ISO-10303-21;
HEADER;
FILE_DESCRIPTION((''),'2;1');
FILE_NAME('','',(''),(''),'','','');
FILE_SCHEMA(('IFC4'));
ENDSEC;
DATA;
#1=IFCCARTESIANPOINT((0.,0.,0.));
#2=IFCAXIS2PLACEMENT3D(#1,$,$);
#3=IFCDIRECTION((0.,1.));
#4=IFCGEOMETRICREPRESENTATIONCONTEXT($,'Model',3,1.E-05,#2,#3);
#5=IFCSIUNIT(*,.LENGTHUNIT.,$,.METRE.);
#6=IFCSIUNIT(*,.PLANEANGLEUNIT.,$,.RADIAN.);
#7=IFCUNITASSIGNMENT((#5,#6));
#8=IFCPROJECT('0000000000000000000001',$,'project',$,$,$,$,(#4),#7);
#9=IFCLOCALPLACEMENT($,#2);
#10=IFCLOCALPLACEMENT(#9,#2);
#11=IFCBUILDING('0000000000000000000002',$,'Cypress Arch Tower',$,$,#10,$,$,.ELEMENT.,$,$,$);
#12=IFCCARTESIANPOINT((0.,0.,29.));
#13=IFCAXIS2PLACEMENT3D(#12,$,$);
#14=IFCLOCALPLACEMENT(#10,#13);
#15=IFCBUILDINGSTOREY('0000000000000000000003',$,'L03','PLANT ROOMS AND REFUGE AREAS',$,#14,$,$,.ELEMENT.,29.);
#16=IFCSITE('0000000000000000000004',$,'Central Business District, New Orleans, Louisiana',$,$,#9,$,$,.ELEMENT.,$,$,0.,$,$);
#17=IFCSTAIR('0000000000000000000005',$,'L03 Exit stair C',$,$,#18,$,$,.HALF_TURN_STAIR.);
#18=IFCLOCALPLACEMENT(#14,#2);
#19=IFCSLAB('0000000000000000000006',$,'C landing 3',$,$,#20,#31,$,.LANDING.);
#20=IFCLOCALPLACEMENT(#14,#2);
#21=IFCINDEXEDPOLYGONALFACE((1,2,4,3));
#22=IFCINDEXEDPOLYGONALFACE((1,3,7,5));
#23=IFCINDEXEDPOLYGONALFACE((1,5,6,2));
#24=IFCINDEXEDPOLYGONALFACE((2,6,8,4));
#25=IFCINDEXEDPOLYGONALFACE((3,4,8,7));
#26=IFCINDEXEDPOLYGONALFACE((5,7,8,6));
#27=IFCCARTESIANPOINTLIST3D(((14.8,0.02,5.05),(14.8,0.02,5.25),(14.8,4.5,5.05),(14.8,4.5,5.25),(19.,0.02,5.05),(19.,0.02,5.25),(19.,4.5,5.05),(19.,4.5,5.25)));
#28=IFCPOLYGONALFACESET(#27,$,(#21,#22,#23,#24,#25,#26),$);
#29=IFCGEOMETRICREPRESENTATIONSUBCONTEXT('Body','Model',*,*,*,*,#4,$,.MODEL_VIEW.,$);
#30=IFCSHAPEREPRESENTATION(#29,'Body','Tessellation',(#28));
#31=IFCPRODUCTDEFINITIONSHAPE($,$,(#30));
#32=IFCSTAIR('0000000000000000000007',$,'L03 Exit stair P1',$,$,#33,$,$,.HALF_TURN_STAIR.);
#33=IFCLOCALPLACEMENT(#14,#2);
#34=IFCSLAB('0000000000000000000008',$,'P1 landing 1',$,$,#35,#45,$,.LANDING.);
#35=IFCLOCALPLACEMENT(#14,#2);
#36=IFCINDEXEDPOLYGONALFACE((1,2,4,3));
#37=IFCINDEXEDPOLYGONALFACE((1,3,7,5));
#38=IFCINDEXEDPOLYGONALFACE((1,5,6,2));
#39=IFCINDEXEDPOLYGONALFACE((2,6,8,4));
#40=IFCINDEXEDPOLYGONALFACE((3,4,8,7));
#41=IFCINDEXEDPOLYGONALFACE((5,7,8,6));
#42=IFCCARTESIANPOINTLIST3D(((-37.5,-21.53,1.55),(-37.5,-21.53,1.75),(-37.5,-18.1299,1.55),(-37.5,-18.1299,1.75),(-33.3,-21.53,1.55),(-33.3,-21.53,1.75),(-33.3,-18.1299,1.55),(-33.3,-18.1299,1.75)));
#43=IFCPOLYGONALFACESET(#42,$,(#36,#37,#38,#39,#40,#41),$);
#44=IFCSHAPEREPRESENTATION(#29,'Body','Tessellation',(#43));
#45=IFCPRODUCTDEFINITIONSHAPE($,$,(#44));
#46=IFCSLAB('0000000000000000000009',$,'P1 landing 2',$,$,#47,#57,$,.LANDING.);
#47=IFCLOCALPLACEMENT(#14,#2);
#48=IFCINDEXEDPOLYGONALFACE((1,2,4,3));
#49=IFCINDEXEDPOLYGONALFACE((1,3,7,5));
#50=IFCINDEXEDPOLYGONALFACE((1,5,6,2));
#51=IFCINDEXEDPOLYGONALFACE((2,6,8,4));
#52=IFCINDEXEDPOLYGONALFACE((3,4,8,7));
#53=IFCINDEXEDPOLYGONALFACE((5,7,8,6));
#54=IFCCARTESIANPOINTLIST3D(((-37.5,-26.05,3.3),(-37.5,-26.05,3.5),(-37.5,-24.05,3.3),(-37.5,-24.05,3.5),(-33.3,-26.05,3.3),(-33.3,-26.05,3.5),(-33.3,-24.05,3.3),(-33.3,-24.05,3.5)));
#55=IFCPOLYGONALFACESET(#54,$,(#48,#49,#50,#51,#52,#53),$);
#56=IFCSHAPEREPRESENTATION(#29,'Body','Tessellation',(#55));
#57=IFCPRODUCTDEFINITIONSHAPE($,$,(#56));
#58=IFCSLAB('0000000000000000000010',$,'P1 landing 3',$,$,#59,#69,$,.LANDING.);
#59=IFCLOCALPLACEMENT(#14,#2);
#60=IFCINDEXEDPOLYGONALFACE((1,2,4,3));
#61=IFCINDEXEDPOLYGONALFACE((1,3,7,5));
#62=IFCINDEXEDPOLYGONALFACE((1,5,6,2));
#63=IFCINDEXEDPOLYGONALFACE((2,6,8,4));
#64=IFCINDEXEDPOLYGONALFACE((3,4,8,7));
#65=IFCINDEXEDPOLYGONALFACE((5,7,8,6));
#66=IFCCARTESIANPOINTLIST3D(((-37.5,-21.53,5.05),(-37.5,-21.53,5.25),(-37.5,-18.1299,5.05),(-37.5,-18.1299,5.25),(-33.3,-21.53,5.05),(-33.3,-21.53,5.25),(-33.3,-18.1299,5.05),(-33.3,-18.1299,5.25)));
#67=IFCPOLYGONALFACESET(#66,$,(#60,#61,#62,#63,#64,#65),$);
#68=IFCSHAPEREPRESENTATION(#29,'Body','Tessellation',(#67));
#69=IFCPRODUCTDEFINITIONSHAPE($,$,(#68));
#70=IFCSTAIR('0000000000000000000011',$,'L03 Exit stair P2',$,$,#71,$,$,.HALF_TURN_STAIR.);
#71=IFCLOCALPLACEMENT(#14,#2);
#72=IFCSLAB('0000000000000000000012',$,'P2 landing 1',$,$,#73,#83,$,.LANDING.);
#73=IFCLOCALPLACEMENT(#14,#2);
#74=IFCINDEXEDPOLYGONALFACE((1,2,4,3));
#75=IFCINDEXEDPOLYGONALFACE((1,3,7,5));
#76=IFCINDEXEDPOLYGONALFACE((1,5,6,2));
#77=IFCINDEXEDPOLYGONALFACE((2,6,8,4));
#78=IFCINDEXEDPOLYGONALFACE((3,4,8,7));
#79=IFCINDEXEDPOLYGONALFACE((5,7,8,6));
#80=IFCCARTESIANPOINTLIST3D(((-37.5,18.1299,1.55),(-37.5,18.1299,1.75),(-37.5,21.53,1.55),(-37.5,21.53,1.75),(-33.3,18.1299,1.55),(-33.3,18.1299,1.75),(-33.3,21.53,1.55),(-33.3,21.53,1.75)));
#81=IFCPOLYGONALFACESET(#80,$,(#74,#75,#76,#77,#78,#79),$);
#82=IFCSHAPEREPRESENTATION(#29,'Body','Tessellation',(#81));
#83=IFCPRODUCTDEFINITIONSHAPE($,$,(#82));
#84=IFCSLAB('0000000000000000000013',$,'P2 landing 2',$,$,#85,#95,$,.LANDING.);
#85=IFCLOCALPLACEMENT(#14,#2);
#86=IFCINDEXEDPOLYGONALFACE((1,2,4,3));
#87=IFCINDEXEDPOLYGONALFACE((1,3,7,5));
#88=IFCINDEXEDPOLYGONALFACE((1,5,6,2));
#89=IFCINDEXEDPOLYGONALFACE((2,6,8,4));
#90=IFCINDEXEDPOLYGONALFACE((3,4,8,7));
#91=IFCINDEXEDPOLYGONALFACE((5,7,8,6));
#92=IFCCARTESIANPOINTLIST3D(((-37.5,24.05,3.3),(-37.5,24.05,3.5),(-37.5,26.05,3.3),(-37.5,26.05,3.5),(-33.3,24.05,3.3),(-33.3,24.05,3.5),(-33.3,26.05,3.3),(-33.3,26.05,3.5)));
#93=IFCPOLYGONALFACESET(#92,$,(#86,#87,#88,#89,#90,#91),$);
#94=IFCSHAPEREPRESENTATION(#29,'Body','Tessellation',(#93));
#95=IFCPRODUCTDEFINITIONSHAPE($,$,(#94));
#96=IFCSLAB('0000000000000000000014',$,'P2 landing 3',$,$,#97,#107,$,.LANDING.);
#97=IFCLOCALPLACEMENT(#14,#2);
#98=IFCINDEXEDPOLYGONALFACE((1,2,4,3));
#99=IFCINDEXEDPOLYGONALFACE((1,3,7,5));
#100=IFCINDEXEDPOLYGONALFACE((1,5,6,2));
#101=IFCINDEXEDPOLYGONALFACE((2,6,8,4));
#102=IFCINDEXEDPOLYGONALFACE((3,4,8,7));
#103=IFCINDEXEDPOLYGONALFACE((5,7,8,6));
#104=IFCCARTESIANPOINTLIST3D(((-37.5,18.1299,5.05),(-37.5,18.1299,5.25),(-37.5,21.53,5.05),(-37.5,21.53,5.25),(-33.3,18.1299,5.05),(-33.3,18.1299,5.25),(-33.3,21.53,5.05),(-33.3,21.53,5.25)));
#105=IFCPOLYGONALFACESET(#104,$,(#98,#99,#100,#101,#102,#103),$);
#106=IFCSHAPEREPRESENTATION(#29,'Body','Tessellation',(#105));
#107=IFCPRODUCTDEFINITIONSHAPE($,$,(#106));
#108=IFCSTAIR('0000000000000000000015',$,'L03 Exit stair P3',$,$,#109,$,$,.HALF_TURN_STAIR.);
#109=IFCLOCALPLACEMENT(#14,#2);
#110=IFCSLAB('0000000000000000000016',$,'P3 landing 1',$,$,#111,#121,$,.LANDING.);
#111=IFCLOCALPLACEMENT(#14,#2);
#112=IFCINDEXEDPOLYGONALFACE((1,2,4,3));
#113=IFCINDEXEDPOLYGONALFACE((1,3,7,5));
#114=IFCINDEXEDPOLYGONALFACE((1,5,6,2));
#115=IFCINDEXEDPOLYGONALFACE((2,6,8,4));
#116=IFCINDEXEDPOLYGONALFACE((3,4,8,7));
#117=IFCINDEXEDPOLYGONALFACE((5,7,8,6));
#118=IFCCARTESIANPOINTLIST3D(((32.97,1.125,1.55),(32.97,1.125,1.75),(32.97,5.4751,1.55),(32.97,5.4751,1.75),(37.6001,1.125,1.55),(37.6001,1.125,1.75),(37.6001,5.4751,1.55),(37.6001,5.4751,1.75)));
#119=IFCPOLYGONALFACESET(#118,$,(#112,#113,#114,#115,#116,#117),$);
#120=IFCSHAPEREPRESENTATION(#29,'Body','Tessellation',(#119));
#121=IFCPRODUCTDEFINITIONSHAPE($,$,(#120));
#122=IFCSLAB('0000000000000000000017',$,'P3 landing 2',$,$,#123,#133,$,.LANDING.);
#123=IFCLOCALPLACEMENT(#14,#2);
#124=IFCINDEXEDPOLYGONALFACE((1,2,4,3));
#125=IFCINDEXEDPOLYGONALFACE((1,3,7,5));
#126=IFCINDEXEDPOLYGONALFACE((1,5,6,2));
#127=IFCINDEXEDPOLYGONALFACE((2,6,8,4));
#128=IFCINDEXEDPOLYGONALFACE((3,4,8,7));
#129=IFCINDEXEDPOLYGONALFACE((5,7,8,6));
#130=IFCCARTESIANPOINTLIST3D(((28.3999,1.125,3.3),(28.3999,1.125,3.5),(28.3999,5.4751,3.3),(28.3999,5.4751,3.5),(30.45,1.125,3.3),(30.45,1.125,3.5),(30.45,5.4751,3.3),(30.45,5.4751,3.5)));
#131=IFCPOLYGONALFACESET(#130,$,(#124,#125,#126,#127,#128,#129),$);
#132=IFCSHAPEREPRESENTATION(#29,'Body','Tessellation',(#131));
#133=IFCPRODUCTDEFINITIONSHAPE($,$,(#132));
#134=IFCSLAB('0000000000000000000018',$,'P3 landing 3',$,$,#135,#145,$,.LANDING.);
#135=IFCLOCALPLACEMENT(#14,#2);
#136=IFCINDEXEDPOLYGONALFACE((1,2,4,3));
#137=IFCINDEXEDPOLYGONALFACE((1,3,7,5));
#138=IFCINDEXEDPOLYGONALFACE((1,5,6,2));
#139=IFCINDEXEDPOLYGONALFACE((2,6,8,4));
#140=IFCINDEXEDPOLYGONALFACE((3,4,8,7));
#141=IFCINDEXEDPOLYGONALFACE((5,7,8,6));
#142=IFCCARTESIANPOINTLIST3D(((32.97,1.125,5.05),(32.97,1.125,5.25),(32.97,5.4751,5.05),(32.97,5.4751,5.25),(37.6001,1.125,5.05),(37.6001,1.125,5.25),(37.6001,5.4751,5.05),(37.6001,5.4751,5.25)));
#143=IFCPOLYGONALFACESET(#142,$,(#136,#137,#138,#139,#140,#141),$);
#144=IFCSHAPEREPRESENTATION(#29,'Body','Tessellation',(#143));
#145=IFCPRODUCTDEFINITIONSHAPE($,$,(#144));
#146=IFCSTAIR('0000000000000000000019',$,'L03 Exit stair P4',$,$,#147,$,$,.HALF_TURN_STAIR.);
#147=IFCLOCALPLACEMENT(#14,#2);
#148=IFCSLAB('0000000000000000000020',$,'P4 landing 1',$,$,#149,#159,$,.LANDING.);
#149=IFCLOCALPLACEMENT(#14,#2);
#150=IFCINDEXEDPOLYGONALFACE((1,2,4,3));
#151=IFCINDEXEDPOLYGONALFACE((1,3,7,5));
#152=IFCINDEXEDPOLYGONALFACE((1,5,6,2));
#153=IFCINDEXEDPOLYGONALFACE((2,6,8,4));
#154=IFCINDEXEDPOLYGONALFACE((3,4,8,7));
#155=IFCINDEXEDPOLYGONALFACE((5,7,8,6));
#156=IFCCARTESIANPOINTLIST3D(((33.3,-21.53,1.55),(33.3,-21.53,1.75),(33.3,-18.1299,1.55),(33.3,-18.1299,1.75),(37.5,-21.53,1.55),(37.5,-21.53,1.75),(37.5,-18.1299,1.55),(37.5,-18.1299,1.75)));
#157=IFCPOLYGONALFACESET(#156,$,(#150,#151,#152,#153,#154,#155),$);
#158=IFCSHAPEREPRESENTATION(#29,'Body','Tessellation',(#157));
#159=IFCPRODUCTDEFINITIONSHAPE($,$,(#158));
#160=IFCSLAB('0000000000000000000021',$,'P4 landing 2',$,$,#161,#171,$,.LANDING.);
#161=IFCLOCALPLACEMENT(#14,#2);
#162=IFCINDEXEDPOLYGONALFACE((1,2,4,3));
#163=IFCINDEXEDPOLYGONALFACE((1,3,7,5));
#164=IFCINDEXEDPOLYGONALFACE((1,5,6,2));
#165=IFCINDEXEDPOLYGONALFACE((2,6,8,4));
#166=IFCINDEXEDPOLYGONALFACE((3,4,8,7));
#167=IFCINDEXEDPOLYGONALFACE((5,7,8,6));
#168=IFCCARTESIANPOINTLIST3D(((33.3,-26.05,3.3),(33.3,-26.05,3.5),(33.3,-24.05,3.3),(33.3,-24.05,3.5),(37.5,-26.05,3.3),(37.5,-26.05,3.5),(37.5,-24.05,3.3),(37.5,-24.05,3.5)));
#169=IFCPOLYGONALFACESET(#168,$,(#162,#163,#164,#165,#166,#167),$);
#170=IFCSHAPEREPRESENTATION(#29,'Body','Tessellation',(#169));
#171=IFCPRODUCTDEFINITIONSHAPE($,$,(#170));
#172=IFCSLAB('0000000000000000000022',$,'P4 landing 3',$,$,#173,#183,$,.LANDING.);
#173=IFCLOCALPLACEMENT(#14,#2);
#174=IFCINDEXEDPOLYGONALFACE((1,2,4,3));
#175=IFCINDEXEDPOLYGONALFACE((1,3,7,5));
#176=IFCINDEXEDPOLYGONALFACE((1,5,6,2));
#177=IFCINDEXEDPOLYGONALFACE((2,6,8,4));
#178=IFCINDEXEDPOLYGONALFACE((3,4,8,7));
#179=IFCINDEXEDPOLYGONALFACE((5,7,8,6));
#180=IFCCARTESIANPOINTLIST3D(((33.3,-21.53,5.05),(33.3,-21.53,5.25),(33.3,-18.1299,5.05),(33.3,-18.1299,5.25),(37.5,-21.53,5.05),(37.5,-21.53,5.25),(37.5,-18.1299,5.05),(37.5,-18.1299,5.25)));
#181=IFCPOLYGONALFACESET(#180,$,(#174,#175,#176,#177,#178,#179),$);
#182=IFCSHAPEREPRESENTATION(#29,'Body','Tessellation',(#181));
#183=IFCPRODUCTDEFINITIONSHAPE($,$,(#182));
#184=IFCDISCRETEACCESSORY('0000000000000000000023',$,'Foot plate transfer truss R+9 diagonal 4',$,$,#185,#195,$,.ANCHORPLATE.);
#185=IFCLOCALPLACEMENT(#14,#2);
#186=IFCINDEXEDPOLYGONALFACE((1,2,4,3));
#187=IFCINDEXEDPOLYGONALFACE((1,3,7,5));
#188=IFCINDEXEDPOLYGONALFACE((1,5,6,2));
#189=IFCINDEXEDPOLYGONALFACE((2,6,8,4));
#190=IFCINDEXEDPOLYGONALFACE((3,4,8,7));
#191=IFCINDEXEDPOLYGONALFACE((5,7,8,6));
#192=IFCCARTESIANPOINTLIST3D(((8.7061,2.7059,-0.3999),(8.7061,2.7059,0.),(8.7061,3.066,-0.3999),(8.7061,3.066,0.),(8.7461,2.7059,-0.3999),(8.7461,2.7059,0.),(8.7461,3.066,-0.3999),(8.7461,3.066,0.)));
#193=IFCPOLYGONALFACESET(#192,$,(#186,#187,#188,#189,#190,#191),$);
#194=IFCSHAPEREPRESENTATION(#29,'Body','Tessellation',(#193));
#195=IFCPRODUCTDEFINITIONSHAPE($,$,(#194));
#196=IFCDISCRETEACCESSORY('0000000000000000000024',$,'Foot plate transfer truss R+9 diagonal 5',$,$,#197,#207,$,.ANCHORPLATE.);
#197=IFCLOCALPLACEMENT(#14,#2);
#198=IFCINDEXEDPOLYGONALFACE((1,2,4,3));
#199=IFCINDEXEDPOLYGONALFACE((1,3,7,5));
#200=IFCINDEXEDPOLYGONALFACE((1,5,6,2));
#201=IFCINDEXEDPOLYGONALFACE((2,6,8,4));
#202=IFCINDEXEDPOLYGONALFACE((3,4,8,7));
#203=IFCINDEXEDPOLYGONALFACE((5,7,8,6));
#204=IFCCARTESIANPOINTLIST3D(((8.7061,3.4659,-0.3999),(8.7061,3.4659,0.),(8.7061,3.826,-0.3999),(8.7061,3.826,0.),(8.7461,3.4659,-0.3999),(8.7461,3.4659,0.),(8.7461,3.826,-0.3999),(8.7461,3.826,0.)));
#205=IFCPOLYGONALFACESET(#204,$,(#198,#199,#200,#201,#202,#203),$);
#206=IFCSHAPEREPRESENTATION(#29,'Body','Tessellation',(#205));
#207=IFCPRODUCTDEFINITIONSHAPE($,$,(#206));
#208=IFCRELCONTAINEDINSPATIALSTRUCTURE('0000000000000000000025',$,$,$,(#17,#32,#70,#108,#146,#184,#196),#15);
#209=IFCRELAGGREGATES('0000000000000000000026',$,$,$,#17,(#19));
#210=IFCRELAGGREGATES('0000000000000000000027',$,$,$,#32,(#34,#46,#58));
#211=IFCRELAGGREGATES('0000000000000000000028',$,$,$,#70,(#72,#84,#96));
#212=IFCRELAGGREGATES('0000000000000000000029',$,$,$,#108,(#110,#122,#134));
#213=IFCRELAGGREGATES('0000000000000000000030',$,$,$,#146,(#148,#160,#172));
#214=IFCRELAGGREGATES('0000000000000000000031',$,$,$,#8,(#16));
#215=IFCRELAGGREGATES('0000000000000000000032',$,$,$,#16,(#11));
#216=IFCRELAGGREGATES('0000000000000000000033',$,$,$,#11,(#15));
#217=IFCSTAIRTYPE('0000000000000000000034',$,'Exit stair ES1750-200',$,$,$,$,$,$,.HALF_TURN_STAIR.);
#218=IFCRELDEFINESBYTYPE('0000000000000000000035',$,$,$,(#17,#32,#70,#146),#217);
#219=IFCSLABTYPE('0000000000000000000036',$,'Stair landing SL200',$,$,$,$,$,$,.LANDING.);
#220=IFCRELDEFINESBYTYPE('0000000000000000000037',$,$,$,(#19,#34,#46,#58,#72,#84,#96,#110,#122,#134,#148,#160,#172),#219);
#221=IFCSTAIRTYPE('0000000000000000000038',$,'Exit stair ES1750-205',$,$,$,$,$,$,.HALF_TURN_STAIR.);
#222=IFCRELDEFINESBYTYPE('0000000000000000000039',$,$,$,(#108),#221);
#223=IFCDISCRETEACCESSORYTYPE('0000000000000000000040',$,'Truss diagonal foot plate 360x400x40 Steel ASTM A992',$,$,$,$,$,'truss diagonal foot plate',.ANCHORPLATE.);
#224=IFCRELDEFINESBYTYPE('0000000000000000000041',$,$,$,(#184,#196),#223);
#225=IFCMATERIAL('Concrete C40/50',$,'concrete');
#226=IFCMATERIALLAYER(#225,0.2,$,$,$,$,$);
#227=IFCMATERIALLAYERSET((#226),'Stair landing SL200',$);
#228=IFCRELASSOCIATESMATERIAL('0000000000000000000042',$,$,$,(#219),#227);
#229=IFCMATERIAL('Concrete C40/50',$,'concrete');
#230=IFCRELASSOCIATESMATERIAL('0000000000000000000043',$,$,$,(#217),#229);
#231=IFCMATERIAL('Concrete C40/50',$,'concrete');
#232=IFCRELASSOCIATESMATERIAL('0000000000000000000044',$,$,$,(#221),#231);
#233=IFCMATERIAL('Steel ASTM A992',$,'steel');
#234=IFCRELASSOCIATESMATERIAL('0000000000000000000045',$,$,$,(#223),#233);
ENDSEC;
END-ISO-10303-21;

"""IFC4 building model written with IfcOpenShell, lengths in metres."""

from ifc_helpers import new_model, si_unit, direction, frame, origin, origin_2d, place, context, subcontext, project, spatial, polyline, rectangle, outline, extrude, material, layer, layer_set, material_profile, profile_set, type_object, element, aggregate, save


model = new_model("IFC4")

# Units and contexts
model_context = context("Model", 3, precision=1e-05, world=origin(), true_north=direction((0.0, 1.0)))
body_context = subcontext(model_context, "Body", "Model", "MODEL_VIEW")
ifc_project = project(units=[si_unit("LENGTHUNIT", "METRE"), si_unit("PLANEANGLEUNIT", "RADIAN")], contexts=[model_context])

# Site, building, storey
site_placement = place(None, origin())
site = spatial("IfcSite", under=ifc_project, at=site_placement, Name="Central Business District, New Orleans, Louisiana", CompositionType="ELEMENT", RefElevation=0.0)
building_placement = place(site_placement, origin())
building = spatial("IfcBuilding", under=site, at=building_placement, Name="Cypress Arch Tower", CompositionType="ELEMENT")
storey_placement = place(building_placement, frame((0.0, 0.0, 29.0)))
storey = spatial("IfcBuildingStorey", under=building, at=storey_placement, Name="L03", Description="PLANT ROOMS AND REFUGE AREAS", CompositionType="ELEMENT", Elevation=29.0)

# Stairs, slabs
ifc_material_1 = material(Name="Concrete C40/50", Category="concrete")
ifc_layer_1 = layer(ifc_material_1, 0.2)
ifc_layer_set_1 = layer_set([ifc_layer_1], Name="Stair landing SL200")
slab_type_1 = type_object("IfcSlabType", Name="Stair landing SL200", PredefinedType="LANDING", material=ifc_layer_set_1)
ifc_material_2 = material(Name="Concrete C40/50", Category="concrete")
stair_type_1 = type_object("IfcStairType", Name="Exit stair ES1750-200", PredefinedType="HALF_TURN_STAIR", material=ifc_material_2)
stair_1_placement = place(storey_placement, origin())
stair_1 = element("IfcStair", 1, at=stair_1_placement, inside=storey, type_object=stair_type_1, Name="L03 Exit stair C", PredefinedType="HALF_TURN_STAIR")
slab_1_placement = place(storey_placement, frame((0.0, 0.0, 5.05)))
slab_1 = element("IfcSlab", 2, at=slab_1_placement, type_object=slab_type_1, Name="C landing 3", PredefinedType="LANDING", context=body_context, shape_type="SweptSolid", body=[
    extrude(outline(polyline([(19.0, 0.02), (19.0, 4.5), (14.8, 4.5), (14.8, 0.02), (19.0, 0.02)])), origin(), (0.0, 0.0, 1.0), 0.2),
])
aggregate(stair_1, [slab_1])
stair_2_placement = place(storey_placement, origin())
stair_2 = element("IfcStair", 3, at=stair_2_placement, inside=storey, type_object=stair_type_1, Name="L03 Exit stair P1", PredefinedType="HALF_TURN_STAIR")
slab_2_placement = place(storey_placement, frame((0.0, 0.0, 1.55)))
slab_2 = element("IfcSlab", 4, at=slab_2_placement, type_object=slab_type_1, Name="P1 landing 1", PredefinedType="LANDING", context=body_context, shape_type="SweptSolid", body=[
    extrude(outline(polyline([(-33.3, -21.53), (-33.3, -18.1299), (-37.5, -18.1299), (-37.5, -21.53), (-33.3, -21.53)])), origin(), (0.0, 0.0, 1.0), 0.2),
])
slab_3_placement = place(storey_placement, frame((0.0, 0.0, 3.3)))
slab_3 = element("IfcSlab", 5, at=slab_3_placement, type_object=slab_type_1, Name="P1 landing 2", PredefinedType="LANDING", context=body_context, shape_type="SweptSolid", body=[
    extrude(outline(polyline([(-33.3, -26.05), (-33.3, -24.05), (-37.5, -24.05), (-37.5, -26.05), (-33.3, -26.05)])), origin(), (0.0, 0.0, 1.0), 0.2),
])
slab_4_placement = place(storey_placement, frame((0.0, 0.0, 5.05)))
slab_4 = element("IfcSlab", 6, at=slab_4_placement, type_object=slab_type_1, Name="P1 landing 3", PredefinedType="LANDING", context=body_context, shape_type="SweptSolid", body=[
    extrude(outline(polyline([(-33.3, -21.53), (-33.3, -18.1299), (-37.5, -18.1299), (-37.5, -21.53), (-33.3, -21.53)])), origin(), (0.0, 0.0, 1.0), 0.2),
])
aggregate(stair_2, [slab_2, slab_3, slab_4])
stair_3_placement = place(storey_placement, origin())
stair_3 = element("IfcStair", 7, at=stair_3_placement, inside=storey, type_object=stair_type_1, Name="L03 Exit stair P2", PredefinedType="HALF_TURN_STAIR")
slab_5_placement = place(storey_placement, frame((0.0, 0.0, 1.55)))
slab_5 = element("IfcSlab", 8, at=slab_5_placement, type_object=slab_type_1, Name="P2 landing 1", PredefinedType="LANDING", context=body_context, shape_type="SweptSolid", body=[
    extrude(outline(polyline([(-37.5, 21.53), (-37.5, 18.1299), (-33.3, 18.1299), (-33.3, 21.53), (-37.5, 21.53)])), origin(), (0.0, 0.0, 1.0), 0.2),
])
slab_6_placement = place(storey_placement, frame((0.0, 0.0, 3.3)))
slab_6 = element("IfcSlab", 9, at=slab_6_placement, type_object=slab_type_1, Name="P2 landing 2", PredefinedType="LANDING", context=body_context, shape_type="SweptSolid", body=[
    extrude(outline(polyline([(-37.5, 26.05), (-37.5, 24.05), (-33.3, 24.05), (-33.3, 26.05), (-37.5, 26.05)])), origin(), (0.0, 0.0, 1.0), 0.2),
])
slab_7_placement = place(storey_placement, frame((0.0, 0.0, 5.05)))
slab_7 = element("IfcSlab", 10, at=slab_7_placement, type_object=slab_type_1, Name="P2 landing 3", PredefinedType="LANDING", context=body_context, shape_type="SweptSolid", body=[
    extrude(outline(polyline([(-37.5, 21.53), (-37.5, 18.1299), (-33.3, 18.1299), (-33.3, 21.53), (-37.5, 21.53)])), origin(), (0.0, 0.0, 1.0), 0.2),
])
aggregate(stair_3, [slab_5, slab_6, slab_7])
ifc_material_3 = material(Name="Concrete C40/50", Category="concrete")
stair_type_2 = type_object("IfcStairType", Name="Exit stair ES1750-205", PredefinedType="HALF_TURN_STAIR", material=ifc_material_3)
stair_4_placement = place(storey_placement, origin())
stair_4 = element("IfcStair", 11, at=stair_4_placement, inside=storey, type_object=stair_type_2, Name="L03 Exit stair P3", PredefinedType="HALF_TURN_STAIR")
slab_8_placement = place(storey_placement, frame((0.0, 0.0, 1.55)))
slab_8 = element("IfcSlab", 12, at=slab_8_placement, type_object=slab_type_1, Name="P3 landing 1", PredefinedType="LANDING", context=body_context, shape_type="SweptSolid", body=[
    extrude(outline(polyline([(32.97, 1.125), (37.6001, 1.125), (37.6001, 5.4751), (32.97, 5.4751), (32.97, 1.125)])), origin(), (0.0, 0.0, 1.0), 0.2),
])
slab_9_placement = place(storey_placement, frame((0.0, 0.0, 3.3)))
slab_9 = element("IfcSlab", 13, at=slab_9_placement, type_object=slab_type_1, Name="P3 landing 2", PredefinedType="LANDING", context=body_context, shape_type="SweptSolid", body=[
    extrude(outline(polyline([(28.3999, 1.125), (30.45, 1.125), (30.45, 5.4751), (28.3999, 5.4751), (28.3999, 1.125)])), origin(), (0.0, 0.0, 1.0), 0.2),
])
slab_10_placement = place(storey_placement, frame((0.0, 0.0, 5.05)))
slab_10 = element("IfcSlab", 14, at=slab_10_placement, type_object=slab_type_1, Name="P3 landing 3", PredefinedType="LANDING", context=body_context, shape_type="SweptSolid", body=[
    extrude(outline(polyline([(32.97, 1.125), (37.6001, 1.125), (37.6001, 5.4751), (32.97, 5.4751), (32.97, 1.125)])), origin(), (0.0, 0.0, 1.0), 0.2),
])
aggregate(stair_4, [slab_8, slab_9, slab_10])
stair_5_placement = place(storey_placement, origin())
stair_5 = element("IfcStair", 15, at=stair_5_placement, inside=storey, type_object=stair_type_1, Name="L03 Exit stair P4", PredefinedType="HALF_TURN_STAIR")
slab_11_placement = place(storey_placement, frame((0.0, 0.0, 1.55)))
slab_11 = element("IfcSlab", 16, at=slab_11_placement, type_object=slab_type_1, Name="P4 landing 1", PredefinedType="LANDING", context=body_context, shape_type="SweptSolid", body=[
    extrude(outline(polyline([(37.5, -21.53), (37.5, -18.1299), (33.3, -18.1299), (33.3, -21.53), (37.5, -21.53)])), origin(), (0.0, 0.0, 1.0), 0.2),
])
slab_12_placement = place(storey_placement, frame((0.0, 0.0, 3.3)))
slab_12 = element("IfcSlab", 17, at=slab_12_placement, type_object=slab_type_1, Name="P4 landing 2", PredefinedType="LANDING", context=body_context, shape_type="SweptSolid", body=[
    extrude(outline(polyline([(37.5, -26.05), (37.5, -24.05), (33.3, -24.05), (33.3, -26.05), (37.5, -26.05)])), origin(), (0.0, 0.0, 1.0), 0.2),
])
slab_13_placement = place(storey_placement, frame((0.0, 0.0, 5.05)))
slab_13 = element("IfcSlab", 18, at=slab_13_placement, type_object=slab_type_1, Name="P4 landing 3", PredefinedType="LANDING", context=body_context, shape_type="SweptSolid", body=[
    extrude(outline(polyline([(37.5, -21.53), (37.5, -18.1299), (33.3, -18.1299), (33.3, -21.53), (37.5, -21.53)])), origin(), (0.0, 0.0, 1.0), 0.2),
])
aggregate(stair_5, [slab_11, slab_12, slab_13])

# Discrete accessories
ifc_material_4 = material(Name="Steel ASTM A992", Category="steel")
ifc_material_profile_1 = material_profile(ifc_material_4, rectangle(XDim=0.3601, YDim=0.3999, at=origin_2d()), Name="PL 40 360x400")
ifc_profile_set_1 = profile_set([ifc_material_profile_1], Name="Steel ASTM A992")
discrete_accessory_type_1 = type_object("IfcDiscreteAccessoryType", Name="Truss diagonal foot plate 360x400x40 Steel ASTM A992", ElementType="truss diagonal foot plate", PredefinedType="ANCHORPLATE", material=ifc_profile_set_1)
for number, where, z_axis, x_axis, name in (
    (19, (8.7461, 2.886, -0.2), (-1.0, 0.0, 0.0), (0.0, -1.0, 0.0), "Foot plate transfer truss R+9 diagonal 4"),
    (20, (8.7461, 3.646, -0.2), (-1.0, 0.0, 0.0), (0.0, -1.0, 0.0), "Foot plate transfer truss R+9 diagonal 5"),
):
    element("IfcDiscreteAccessory", number, at=place(storey_placement, frame(where, z_axis=z_axis, x_axis=x_axis)), inside=storey, type_object=discrete_accessory_type_1, Name=name, PredefinedType="ANCHORPLATE", context=body_context, shape_type="SweptSolid", body=[
        extrude(rectangle(XDim=0.3601, YDim=0.3999, at=origin_2d()), origin(), (0.0, 0.0, 1.0), 0.04),
    ])

save(model, "model.ifc")
